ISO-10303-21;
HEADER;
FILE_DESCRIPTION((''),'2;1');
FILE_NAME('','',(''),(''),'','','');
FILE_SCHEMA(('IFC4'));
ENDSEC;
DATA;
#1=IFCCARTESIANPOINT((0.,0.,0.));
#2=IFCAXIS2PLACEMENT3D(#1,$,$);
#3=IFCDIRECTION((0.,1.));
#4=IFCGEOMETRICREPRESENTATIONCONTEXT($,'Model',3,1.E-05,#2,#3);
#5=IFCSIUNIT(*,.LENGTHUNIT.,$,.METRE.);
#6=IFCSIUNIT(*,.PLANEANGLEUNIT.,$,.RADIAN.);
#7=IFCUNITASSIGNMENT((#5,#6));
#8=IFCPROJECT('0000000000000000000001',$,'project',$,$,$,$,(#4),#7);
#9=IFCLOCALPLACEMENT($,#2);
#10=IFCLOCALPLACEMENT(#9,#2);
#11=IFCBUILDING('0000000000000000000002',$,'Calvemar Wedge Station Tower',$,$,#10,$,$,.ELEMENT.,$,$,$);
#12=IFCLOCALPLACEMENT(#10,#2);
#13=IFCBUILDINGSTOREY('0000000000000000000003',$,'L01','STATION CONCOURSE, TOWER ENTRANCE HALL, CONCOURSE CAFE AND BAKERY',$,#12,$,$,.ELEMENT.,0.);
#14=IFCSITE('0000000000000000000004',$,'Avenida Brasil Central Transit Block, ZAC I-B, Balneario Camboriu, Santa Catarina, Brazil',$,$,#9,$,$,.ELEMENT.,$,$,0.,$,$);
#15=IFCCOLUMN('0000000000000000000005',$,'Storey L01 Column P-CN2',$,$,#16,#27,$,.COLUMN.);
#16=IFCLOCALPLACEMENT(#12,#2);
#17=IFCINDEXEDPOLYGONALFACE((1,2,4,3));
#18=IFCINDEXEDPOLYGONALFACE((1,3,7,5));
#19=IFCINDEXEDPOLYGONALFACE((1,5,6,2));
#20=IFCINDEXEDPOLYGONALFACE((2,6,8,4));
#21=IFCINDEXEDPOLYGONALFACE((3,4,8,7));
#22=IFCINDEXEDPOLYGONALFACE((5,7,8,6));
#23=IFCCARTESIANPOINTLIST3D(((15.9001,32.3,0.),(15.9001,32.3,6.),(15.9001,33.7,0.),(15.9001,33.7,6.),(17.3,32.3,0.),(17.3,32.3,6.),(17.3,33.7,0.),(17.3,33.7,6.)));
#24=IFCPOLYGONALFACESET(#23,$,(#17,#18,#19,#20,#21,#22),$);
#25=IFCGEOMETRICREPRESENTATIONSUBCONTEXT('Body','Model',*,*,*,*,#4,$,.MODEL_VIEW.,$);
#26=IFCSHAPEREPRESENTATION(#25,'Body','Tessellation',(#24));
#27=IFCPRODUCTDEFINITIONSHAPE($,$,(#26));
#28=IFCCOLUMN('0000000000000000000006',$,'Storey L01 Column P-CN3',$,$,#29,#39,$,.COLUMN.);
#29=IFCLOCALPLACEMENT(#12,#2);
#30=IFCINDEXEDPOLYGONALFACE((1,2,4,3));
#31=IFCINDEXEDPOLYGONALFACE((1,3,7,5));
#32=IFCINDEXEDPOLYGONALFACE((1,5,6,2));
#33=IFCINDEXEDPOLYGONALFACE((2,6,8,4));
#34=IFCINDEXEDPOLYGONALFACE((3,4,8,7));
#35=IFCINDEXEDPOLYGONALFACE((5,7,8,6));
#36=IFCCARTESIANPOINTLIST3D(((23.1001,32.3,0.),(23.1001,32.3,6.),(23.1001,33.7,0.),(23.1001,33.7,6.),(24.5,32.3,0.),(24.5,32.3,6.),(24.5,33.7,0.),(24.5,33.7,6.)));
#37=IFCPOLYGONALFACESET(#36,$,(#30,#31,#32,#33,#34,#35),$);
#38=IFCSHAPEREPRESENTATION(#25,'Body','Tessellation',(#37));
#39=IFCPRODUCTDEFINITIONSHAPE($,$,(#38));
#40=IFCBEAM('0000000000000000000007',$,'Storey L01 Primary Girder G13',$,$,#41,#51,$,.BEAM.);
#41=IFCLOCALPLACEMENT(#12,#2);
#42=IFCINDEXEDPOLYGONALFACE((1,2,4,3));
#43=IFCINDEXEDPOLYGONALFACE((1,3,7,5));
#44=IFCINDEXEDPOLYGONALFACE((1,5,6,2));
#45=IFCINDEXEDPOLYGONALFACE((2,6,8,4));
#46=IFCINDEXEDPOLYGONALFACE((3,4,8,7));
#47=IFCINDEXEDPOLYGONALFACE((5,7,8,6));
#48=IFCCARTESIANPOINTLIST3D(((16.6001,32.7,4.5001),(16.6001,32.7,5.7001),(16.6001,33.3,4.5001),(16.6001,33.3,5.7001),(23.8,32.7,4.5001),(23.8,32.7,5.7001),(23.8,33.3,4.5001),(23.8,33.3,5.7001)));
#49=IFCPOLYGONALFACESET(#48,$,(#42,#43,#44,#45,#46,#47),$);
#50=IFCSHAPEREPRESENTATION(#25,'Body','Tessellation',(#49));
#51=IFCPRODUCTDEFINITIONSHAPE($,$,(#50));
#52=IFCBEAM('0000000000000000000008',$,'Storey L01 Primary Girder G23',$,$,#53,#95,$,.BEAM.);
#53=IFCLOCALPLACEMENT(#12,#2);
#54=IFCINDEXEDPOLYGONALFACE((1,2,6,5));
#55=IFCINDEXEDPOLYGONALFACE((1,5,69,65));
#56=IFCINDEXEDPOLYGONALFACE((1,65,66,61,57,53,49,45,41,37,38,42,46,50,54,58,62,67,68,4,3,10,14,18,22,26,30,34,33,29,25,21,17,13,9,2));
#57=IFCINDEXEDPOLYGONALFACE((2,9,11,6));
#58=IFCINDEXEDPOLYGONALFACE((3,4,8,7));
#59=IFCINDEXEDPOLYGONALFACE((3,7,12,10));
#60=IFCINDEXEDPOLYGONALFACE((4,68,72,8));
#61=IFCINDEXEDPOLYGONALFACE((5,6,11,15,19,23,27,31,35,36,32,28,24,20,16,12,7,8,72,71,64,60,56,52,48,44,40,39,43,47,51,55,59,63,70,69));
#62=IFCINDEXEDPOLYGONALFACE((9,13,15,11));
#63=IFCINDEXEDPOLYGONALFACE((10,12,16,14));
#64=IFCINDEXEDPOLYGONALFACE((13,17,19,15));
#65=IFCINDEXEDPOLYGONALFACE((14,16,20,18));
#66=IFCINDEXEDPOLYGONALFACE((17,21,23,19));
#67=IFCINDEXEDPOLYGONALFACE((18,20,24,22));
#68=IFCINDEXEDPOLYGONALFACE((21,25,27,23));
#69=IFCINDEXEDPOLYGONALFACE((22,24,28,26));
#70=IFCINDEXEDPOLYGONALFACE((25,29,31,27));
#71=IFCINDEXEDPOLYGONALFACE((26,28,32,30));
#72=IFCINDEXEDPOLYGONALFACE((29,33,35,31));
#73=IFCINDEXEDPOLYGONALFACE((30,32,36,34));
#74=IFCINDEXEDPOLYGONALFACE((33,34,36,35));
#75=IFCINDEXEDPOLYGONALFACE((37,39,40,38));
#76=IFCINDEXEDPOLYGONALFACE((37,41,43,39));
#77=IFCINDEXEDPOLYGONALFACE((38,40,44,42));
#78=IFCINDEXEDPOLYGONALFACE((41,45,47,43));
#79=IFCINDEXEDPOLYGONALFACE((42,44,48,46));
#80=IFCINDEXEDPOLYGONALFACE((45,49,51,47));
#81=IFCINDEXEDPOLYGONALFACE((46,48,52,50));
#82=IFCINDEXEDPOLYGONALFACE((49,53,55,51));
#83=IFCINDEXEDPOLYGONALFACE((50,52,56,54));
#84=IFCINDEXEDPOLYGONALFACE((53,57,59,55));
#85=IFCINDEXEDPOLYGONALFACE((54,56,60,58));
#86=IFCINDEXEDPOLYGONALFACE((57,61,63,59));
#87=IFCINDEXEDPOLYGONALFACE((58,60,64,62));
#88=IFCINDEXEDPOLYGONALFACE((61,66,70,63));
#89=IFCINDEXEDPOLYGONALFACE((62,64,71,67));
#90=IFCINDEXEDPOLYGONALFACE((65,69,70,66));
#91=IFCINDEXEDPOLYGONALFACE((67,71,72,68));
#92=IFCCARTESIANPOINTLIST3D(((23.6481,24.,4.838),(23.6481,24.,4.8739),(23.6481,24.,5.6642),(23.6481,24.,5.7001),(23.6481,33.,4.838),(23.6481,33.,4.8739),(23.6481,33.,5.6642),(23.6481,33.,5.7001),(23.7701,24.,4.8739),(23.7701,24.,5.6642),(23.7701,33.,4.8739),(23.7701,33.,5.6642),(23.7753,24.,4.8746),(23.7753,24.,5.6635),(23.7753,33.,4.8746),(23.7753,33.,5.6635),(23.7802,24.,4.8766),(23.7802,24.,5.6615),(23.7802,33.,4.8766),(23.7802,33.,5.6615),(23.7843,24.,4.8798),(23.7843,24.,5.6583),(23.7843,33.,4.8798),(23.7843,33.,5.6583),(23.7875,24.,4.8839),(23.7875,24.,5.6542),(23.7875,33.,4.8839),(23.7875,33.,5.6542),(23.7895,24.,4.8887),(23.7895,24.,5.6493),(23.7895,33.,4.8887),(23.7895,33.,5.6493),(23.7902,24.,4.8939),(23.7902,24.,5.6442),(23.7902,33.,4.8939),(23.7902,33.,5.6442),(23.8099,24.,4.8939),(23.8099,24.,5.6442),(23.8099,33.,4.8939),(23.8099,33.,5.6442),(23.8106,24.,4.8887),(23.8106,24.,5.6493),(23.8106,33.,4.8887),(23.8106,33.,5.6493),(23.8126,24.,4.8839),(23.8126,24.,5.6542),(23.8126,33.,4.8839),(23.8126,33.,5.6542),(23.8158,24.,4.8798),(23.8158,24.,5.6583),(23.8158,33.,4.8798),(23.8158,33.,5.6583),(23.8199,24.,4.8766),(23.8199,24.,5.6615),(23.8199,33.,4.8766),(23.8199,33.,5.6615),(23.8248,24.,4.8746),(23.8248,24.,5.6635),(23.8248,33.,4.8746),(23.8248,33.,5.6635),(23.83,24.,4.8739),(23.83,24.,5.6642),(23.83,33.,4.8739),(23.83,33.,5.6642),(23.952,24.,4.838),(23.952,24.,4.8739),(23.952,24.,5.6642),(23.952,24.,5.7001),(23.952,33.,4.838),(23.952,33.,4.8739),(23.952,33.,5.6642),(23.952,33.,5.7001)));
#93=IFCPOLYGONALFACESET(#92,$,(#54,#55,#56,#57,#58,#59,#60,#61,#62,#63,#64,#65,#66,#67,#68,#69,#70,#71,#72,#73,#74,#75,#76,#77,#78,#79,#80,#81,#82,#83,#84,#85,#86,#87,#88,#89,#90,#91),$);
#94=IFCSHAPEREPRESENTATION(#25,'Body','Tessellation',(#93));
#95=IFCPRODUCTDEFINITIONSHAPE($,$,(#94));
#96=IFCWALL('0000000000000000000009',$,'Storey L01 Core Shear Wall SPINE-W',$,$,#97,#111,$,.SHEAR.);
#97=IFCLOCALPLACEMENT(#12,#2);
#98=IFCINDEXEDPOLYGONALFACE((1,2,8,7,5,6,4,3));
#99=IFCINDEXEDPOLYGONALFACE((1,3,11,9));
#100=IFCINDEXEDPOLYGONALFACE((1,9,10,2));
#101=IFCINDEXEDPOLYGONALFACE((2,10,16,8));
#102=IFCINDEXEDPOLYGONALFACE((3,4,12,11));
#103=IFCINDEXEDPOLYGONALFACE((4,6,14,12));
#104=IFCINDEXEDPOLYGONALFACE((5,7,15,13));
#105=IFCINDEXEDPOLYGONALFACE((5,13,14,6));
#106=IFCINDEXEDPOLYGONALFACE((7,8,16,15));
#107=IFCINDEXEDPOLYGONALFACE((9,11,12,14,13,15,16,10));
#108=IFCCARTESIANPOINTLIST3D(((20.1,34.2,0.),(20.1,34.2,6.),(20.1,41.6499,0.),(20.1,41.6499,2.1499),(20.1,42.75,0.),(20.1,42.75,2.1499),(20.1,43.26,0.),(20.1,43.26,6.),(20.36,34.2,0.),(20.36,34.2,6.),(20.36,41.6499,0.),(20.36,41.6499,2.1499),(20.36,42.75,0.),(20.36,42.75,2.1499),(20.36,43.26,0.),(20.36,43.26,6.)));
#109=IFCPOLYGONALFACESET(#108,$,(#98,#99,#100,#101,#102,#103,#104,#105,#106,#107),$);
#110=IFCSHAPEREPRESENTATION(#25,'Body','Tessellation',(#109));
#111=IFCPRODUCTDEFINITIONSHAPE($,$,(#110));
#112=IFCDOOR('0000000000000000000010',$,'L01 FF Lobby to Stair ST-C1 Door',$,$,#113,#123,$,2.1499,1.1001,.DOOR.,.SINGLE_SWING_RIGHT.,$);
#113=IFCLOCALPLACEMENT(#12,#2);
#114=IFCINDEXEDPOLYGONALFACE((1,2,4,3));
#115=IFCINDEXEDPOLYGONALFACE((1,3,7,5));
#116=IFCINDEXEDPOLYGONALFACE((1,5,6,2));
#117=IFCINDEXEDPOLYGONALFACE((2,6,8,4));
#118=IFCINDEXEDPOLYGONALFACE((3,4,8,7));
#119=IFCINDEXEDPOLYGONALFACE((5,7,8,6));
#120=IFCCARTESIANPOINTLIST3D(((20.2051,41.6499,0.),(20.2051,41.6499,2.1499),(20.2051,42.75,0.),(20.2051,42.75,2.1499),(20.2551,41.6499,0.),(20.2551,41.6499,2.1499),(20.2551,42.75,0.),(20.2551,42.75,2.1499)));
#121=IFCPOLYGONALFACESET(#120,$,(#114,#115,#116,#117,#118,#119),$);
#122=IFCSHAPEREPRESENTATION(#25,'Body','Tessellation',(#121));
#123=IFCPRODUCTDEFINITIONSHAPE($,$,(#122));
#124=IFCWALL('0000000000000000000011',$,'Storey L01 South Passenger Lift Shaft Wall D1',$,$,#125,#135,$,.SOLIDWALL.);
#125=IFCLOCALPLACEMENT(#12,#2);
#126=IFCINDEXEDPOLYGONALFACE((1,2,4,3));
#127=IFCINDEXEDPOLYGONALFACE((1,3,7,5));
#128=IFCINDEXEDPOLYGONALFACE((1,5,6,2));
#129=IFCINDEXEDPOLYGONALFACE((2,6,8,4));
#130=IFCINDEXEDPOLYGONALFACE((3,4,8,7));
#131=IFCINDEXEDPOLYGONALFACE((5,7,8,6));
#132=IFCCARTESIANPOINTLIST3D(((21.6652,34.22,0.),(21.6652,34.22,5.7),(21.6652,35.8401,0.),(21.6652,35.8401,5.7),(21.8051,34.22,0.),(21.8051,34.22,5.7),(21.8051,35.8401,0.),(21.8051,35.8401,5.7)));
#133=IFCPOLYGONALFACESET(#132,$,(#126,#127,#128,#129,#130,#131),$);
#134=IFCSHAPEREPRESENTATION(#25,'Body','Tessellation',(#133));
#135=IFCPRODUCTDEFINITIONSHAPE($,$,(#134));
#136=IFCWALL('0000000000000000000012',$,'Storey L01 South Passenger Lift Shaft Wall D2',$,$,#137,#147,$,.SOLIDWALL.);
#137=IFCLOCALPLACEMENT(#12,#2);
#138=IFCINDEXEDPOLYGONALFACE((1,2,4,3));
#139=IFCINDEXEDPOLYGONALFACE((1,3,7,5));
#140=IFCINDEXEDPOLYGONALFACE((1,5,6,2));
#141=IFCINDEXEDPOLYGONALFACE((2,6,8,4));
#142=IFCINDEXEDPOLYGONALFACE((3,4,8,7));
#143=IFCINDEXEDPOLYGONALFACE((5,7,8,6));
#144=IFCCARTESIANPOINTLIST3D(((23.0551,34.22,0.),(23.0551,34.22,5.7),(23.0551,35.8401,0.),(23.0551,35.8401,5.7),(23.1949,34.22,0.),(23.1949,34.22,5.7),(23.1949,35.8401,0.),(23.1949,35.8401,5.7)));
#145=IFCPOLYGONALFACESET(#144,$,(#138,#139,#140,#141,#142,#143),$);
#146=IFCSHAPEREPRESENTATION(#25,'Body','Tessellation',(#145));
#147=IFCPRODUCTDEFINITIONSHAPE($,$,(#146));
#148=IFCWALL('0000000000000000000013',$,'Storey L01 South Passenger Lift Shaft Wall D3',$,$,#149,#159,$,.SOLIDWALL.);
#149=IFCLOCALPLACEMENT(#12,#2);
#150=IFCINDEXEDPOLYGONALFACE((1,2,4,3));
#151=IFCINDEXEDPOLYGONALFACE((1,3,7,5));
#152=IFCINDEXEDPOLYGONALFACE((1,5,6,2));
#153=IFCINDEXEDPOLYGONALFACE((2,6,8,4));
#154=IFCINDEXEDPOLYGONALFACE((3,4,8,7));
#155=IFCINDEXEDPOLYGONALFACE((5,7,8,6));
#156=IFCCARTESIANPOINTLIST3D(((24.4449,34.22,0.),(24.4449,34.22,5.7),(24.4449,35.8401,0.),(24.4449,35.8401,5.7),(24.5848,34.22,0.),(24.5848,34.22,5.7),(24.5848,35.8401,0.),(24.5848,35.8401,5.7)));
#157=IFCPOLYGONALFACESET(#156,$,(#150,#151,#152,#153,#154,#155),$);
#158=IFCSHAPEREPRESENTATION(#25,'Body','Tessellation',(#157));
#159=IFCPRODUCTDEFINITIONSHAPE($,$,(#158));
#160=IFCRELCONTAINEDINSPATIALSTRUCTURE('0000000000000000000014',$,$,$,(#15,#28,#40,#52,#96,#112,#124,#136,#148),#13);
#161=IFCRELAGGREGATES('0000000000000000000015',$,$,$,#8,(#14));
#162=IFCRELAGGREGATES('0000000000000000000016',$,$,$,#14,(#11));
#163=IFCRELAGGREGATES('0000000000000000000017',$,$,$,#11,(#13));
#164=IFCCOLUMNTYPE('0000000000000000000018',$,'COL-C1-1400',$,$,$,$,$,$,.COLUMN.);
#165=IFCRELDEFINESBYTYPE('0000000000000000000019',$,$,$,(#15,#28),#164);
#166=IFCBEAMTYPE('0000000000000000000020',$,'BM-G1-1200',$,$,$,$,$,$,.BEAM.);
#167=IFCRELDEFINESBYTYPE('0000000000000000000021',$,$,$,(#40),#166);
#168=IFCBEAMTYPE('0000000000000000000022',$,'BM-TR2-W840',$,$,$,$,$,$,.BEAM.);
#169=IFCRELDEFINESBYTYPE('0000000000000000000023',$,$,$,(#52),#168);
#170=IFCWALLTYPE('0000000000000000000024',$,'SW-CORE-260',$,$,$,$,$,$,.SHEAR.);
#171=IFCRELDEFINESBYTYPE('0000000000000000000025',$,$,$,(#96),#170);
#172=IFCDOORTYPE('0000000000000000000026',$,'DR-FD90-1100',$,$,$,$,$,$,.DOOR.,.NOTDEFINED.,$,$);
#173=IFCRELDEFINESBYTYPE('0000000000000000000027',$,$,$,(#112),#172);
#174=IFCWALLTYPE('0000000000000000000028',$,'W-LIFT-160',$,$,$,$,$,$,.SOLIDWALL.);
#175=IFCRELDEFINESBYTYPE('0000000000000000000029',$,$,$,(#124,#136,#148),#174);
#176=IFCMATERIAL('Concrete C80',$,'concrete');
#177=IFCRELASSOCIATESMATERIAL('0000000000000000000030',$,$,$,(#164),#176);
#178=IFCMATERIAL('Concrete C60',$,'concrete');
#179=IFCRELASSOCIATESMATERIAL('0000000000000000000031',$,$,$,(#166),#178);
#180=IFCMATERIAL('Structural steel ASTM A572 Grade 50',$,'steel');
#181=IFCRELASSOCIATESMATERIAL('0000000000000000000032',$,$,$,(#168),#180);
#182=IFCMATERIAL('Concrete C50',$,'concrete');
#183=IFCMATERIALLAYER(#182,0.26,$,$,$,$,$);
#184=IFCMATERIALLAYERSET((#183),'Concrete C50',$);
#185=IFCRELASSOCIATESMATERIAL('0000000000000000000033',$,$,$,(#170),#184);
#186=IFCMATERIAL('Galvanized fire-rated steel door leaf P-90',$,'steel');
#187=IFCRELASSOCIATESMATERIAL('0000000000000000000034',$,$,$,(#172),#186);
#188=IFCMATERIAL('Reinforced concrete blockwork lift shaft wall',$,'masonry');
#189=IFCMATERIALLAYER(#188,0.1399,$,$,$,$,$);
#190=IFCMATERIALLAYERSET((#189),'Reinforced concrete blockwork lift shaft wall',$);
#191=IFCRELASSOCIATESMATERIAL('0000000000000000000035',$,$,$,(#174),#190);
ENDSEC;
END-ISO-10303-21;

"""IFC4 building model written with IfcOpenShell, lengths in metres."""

from ifc_helpers import new_model, si_unit, direction, frame, frame_2d, origin, origin_2d, place, context, subcontext, project, spatial, rectangle, i_section, extrude, source, transform, mapped, material, layer, layer_set, material_profile, profile_set, type_object, element, fill, save


model = new_model("IFC4")

# Units and contexts
model_context = context("Model", 3, precision=1e-05, world=origin(), true_north=direction((0.0, 1.0)))
body_context = subcontext(model_context, "Body", "Model", "MODEL_VIEW")
ifc_project = project(units=[si_unit("LENGTHUNIT", "METRE"), si_unit("PLANEANGLEUNIT", "RADIAN")], contexts=[model_context])

# Site, building, storey
site_placement = place(None, origin())
site = spatial("IfcSite", under=ifc_project, at=site_placement, Name="Avenida Brasil Central Transit Block, ZAC I-B, Balneario Camboriu, Santa Catarina, Brazil", CompositionType="ELEMENT", RefElevation=0.0)
building_placement = place(site_placement, origin())
building = spatial("IfcBuilding", under=site, at=building_placement, Name="Calvemar Wedge Station Tower", CompositionType="ELEMENT")
storey_placement = place(building_placement, origin())
storey = spatial("IfcBuildingStorey", under=building, at=storey_placement, Name="L01", Description="STATION CONCOURSE, TOWER ENTRANCE HALL, CONCOURSE CAFE AND BAKERY", CompositionType="ELEMENT", Elevation=0.0)

# Columns
ifc_material_1 = material(Name="Concrete C80", Category="concrete")
ifc_material_profile_1 = material_profile(ifc_material_1, rectangle(XDim=1.3999, YDim=1.3999, at=origin_2d()), Name="RC1400x1400")
ifc_profile_set_1 = profile_set([ifc_material_profile_1], Name="Concrete C80")
column_type = type_object("IfcColumnType", Name="COL-C1-1400", PredefinedType="COLUMN", material=ifc_profile_set_1)
shared_shape_1 = source(origin(), body_context, "Body", "SweptSolid", [
    extrude(rectangle(XDim=1.3999, YDim=1.3999, at=origin_2d()), origin(), (0.0, 0.0, 1.0), 6.0),
])
for number, where, z_axis, x_axis, name in (
    (1, (16.6001, 33.0, 0.0), (0.0, 0.0, 1.0), (1.0, 0.0, 0.0), "Storey L01 Column P-CN2"),
    (2, (23.8, 33.0, 0.0), (0.0, 0.0, 1.0), (1.0, 0.0, 0.0), "Storey L01 Column P-CN3"),
):
    element("IfcColumn", number, at=place(storey_placement, frame(where, z_axis=z_axis, x_axis=x_axis)), inside=storey, type_object=column_type, Name=name, PredefinedType="COLUMN", context=body_context, shape_type="MappedRepresentation", body=[
        mapped(shared_shape_1, transform((0.0, 0.0, 0.0), scale=1.0)),
    ])

# Beams
ifc_material_2 = material(Name="Concrete C60", Category="concrete")
ifc_material_profile_2 = material_profile(ifc_material_2, rectangle(XDim=0.6001, YDim=1.2, at=origin_2d()), Name="RC600x1200")
ifc_profile_set_2 = profile_set([ifc_material_profile_2], Name="Concrete C60")
beam_type_1 = type_object("IfcBeamType", Name="BM-G1-1200", PredefinedType="BEAM", material=ifc_profile_set_2)
shared_shape_2 = source(origin(), body_context, "Body", "SweptSolid", [
    extrude(rectangle(XDim=0.6001, YDim=1.2, at=origin_2d()), origin(), (0.0, 0.0, 1.0), 7.2),
])
beam_1_placement = place(storey_placement, frame((16.6001, 33.0, 5.1001), z_axis=(1.0, 0.0, 0.0), x_axis=(0.0, 1.0, 0.0)))
element("IfcBeam", 3, at=beam_1_placement, inside=storey, type_object=beam_type_1, Name="Storey L01 Primary Girder G13", PredefinedType="BEAM", context=body_context, shape_type="MappedRepresentation", body=[
    mapped(shared_shape_2, transform((0.0, 0.0, 0.0), scale=1.0)),
])
ifc_material_3 = material(Name="Structural steel ASTM A572 Grade 50", Category="steel")
ifc_material_profile_3 = material_profile(ifc_material_3, i_section(OverallWidth=0.304, OverallDepth=0.8621, WebThickness=0.0198, FlangeThickness=0.0359, FilletRadius=0.02, at=origin_2d()), Name="W840x329")
ifc_profile_set_3 = profile_set([ifc_material_profile_3], Name="Structural steel ASTM A572 Grade 50")
beam_type_2 = type_object("IfcBeamType", Name="BM-TR2-W840", PredefinedType="BEAM", material=ifc_profile_set_3)
shared_shape_3 = source(origin(), body_context, "Body", "SweptSolid", [
    extrude(i_section(OverallWidth=0.304, OverallDepth=0.8621, WebThickness=0.0198, FlangeThickness=0.0359, FilletRadius=0.02, at=origin_2d()), origin(), (0.0, 0.0, 1.0), 9.0),
])
beam_2_placement = place(storey_placement, frame((23.8, 24.0, 5.269), z_axis=(0.0, 1.0, 0.0), x_axis=(-1.0, 0.0, 0.0)))
element("IfcBeam", 4, at=beam_2_placement, inside=storey, type_object=beam_type_2, Name="Storey L01 Primary Girder G23", PredefinedType="BEAM", context=body_context, shape_type="MappedRepresentation", body=[
    mapped(shared_shape_3, transform((0.0, 0.0, 0.0), scale=1.0)),
])

# Wall, opening, door
ifc_material_4 = material(Name="Concrete C50", Category="concrete")
ifc_layer_1 = layer(ifc_material_4, 0.26)
ifc_layer_set_1 = layer_set([ifc_layer_1], Name="Concrete C50")
wall_type_1 = type_object("IfcWallType", Name="SW-CORE-260", PredefinedType="SHEAR", material=ifc_layer_set_1)
wall_1_placement = place(storey_placement, frame((20.23, 34.2, 0.0), z_axis=(0.0, 0.0, 1.0), x_axis=(0.0, 1.0, 0.0)))
wall_1 = element("IfcWall", 5, at=wall_1_placement, inside=storey, type_object=wall_type_1, Name="Storey L01 Core Shear Wall SPINE-W", PredefinedType="SHEAR", context=body_context, shape_type="SweptSolid", body=[
    extrude(rectangle(XDim=9.0601, YDim=0.26, at=frame_2d((4.53, 0.0))), origin(), (0.0, 0.0, 1.0), 6.0),
])
shared_shape_4 = source(origin(), body_context, "Body", "SweptSolid", [
    extrude(rectangle(XDim=1.1001, YDim=2.1499, at=frame_2d((0.55, 1.075))), frame((0.0, 0.1401, 0.0), z_axis=(0.0, -1.0, 0.0), x_axis=(1.0, 0.0, 0.0)), (0.0, 0.0, 1.0), 0.28),
])
opening_1_placement = place(wall_1_placement, frame((7.45, 0.0, 0.0)))
opening_1 = element("IfcOpeningElement", 6, at=opening_1_placement, cuts=wall_1, PredefinedType="OPENING", context=body_context, shape_type="MappedRepresentation", body=[
    mapped(shared_shape_4, transform((0.0, 0.0, 0.0), scale=1.0)),
])
ifc_material_5 = material(Name="Galvanized fire-rated steel door leaf P-90", Category="steel")
door_type_1 = type_object("IfcDoorType", Name="DR-FD90-1100", OperationType="NOTDEFINED", PredefinedType="DOOR", material=ifc_material_5)
shared_shape_5 = source(origin(), body_context, "Body", "SweptSolid", [
    extrude(rectangle(XDim=1.1001, YDim=2.1499, at=frame_2d((0.55, 1.075))), frame((0.0, 0.0249, 0.0), z_axis=(0.0, -1.0, 0.0), x_axis=(1.0, 0.0, 0.0)), (0.0, 0.0, 1.0), 0.05),
])
door_1_placement = place(opening_1_placement, origin())
door_1 = element("IfcDoor", 7, at=door_1_placement, inside=storey, type_object=door_type_1, Name="L01 FF Lobby to Stair ST-C1 Door", OperationType="SINGLE_SWING_RIGHT", OverallHeight=2.1499, OverallWidth=1.1001, PredefinedType="DOOR", context=body_context, shape_type="MappedRepresentation", body=[
    mapped(shared_shape_5, transform((0.0, 0.0, 0.0), scale=1.0)),
])
fill(opening_1, door_1)

# Shared definitions
ifc_material_6 = material(Name="Reinforced concrete blockwork lift shaft wall", Category="masonry")
ifc_layer_2 = layer(ifc_material_6, 0.1399)
ifc_layer_set_2 = layer_set([ifc_layer_2], Name="Reinforced concrete blockwork lift shaft wall")
wall_type_2 = type_object("IfcWallType", Name="W-LIFT-160", PredefinedType="SOLIDWALL", material=ifc_layer_set_2)

# Walls
for number, where, z_axis, x_axis, name in (
    (8, (21.7351, 34.22, 0.0), (0.0, 0.0, 1.0), (0.0, 1.0, 0.0), "Storey L01 South Passenger Lift Shaft Wall D1"),
    (9, (23.125, 34.22, 0.0), (0.0, 0.0, 1.0), (0.0, 1.0, 0.0), "Storey L01 South Passenger Lift Shaft Wall D2"),
    (10, (24.5149, 34.22, 0.0), (0.0, 0.0, 1.0), (0.0, 1.0, 0.0), "Storey L01 South Passenger Lift Shaft Wall D3"),
):
    element("IfcWall", number, at=place(storey_placement, frame(where, z_axis=z_axis, x_axis=x_axis)), inside=storey, type_object=wall_type_2, Name=name, PredefinedType="SOLIDWALL", context=body_context, shape_type="SweptSolid", body=[
        extrude(rectangle(XDim=1.6201, YDim=0.1399, at=frame_2d((0.8101, 0.0))), origin(), (0.0, 0.0, 1.0), 5.7),
    ])

save(model, "model.ifc")
